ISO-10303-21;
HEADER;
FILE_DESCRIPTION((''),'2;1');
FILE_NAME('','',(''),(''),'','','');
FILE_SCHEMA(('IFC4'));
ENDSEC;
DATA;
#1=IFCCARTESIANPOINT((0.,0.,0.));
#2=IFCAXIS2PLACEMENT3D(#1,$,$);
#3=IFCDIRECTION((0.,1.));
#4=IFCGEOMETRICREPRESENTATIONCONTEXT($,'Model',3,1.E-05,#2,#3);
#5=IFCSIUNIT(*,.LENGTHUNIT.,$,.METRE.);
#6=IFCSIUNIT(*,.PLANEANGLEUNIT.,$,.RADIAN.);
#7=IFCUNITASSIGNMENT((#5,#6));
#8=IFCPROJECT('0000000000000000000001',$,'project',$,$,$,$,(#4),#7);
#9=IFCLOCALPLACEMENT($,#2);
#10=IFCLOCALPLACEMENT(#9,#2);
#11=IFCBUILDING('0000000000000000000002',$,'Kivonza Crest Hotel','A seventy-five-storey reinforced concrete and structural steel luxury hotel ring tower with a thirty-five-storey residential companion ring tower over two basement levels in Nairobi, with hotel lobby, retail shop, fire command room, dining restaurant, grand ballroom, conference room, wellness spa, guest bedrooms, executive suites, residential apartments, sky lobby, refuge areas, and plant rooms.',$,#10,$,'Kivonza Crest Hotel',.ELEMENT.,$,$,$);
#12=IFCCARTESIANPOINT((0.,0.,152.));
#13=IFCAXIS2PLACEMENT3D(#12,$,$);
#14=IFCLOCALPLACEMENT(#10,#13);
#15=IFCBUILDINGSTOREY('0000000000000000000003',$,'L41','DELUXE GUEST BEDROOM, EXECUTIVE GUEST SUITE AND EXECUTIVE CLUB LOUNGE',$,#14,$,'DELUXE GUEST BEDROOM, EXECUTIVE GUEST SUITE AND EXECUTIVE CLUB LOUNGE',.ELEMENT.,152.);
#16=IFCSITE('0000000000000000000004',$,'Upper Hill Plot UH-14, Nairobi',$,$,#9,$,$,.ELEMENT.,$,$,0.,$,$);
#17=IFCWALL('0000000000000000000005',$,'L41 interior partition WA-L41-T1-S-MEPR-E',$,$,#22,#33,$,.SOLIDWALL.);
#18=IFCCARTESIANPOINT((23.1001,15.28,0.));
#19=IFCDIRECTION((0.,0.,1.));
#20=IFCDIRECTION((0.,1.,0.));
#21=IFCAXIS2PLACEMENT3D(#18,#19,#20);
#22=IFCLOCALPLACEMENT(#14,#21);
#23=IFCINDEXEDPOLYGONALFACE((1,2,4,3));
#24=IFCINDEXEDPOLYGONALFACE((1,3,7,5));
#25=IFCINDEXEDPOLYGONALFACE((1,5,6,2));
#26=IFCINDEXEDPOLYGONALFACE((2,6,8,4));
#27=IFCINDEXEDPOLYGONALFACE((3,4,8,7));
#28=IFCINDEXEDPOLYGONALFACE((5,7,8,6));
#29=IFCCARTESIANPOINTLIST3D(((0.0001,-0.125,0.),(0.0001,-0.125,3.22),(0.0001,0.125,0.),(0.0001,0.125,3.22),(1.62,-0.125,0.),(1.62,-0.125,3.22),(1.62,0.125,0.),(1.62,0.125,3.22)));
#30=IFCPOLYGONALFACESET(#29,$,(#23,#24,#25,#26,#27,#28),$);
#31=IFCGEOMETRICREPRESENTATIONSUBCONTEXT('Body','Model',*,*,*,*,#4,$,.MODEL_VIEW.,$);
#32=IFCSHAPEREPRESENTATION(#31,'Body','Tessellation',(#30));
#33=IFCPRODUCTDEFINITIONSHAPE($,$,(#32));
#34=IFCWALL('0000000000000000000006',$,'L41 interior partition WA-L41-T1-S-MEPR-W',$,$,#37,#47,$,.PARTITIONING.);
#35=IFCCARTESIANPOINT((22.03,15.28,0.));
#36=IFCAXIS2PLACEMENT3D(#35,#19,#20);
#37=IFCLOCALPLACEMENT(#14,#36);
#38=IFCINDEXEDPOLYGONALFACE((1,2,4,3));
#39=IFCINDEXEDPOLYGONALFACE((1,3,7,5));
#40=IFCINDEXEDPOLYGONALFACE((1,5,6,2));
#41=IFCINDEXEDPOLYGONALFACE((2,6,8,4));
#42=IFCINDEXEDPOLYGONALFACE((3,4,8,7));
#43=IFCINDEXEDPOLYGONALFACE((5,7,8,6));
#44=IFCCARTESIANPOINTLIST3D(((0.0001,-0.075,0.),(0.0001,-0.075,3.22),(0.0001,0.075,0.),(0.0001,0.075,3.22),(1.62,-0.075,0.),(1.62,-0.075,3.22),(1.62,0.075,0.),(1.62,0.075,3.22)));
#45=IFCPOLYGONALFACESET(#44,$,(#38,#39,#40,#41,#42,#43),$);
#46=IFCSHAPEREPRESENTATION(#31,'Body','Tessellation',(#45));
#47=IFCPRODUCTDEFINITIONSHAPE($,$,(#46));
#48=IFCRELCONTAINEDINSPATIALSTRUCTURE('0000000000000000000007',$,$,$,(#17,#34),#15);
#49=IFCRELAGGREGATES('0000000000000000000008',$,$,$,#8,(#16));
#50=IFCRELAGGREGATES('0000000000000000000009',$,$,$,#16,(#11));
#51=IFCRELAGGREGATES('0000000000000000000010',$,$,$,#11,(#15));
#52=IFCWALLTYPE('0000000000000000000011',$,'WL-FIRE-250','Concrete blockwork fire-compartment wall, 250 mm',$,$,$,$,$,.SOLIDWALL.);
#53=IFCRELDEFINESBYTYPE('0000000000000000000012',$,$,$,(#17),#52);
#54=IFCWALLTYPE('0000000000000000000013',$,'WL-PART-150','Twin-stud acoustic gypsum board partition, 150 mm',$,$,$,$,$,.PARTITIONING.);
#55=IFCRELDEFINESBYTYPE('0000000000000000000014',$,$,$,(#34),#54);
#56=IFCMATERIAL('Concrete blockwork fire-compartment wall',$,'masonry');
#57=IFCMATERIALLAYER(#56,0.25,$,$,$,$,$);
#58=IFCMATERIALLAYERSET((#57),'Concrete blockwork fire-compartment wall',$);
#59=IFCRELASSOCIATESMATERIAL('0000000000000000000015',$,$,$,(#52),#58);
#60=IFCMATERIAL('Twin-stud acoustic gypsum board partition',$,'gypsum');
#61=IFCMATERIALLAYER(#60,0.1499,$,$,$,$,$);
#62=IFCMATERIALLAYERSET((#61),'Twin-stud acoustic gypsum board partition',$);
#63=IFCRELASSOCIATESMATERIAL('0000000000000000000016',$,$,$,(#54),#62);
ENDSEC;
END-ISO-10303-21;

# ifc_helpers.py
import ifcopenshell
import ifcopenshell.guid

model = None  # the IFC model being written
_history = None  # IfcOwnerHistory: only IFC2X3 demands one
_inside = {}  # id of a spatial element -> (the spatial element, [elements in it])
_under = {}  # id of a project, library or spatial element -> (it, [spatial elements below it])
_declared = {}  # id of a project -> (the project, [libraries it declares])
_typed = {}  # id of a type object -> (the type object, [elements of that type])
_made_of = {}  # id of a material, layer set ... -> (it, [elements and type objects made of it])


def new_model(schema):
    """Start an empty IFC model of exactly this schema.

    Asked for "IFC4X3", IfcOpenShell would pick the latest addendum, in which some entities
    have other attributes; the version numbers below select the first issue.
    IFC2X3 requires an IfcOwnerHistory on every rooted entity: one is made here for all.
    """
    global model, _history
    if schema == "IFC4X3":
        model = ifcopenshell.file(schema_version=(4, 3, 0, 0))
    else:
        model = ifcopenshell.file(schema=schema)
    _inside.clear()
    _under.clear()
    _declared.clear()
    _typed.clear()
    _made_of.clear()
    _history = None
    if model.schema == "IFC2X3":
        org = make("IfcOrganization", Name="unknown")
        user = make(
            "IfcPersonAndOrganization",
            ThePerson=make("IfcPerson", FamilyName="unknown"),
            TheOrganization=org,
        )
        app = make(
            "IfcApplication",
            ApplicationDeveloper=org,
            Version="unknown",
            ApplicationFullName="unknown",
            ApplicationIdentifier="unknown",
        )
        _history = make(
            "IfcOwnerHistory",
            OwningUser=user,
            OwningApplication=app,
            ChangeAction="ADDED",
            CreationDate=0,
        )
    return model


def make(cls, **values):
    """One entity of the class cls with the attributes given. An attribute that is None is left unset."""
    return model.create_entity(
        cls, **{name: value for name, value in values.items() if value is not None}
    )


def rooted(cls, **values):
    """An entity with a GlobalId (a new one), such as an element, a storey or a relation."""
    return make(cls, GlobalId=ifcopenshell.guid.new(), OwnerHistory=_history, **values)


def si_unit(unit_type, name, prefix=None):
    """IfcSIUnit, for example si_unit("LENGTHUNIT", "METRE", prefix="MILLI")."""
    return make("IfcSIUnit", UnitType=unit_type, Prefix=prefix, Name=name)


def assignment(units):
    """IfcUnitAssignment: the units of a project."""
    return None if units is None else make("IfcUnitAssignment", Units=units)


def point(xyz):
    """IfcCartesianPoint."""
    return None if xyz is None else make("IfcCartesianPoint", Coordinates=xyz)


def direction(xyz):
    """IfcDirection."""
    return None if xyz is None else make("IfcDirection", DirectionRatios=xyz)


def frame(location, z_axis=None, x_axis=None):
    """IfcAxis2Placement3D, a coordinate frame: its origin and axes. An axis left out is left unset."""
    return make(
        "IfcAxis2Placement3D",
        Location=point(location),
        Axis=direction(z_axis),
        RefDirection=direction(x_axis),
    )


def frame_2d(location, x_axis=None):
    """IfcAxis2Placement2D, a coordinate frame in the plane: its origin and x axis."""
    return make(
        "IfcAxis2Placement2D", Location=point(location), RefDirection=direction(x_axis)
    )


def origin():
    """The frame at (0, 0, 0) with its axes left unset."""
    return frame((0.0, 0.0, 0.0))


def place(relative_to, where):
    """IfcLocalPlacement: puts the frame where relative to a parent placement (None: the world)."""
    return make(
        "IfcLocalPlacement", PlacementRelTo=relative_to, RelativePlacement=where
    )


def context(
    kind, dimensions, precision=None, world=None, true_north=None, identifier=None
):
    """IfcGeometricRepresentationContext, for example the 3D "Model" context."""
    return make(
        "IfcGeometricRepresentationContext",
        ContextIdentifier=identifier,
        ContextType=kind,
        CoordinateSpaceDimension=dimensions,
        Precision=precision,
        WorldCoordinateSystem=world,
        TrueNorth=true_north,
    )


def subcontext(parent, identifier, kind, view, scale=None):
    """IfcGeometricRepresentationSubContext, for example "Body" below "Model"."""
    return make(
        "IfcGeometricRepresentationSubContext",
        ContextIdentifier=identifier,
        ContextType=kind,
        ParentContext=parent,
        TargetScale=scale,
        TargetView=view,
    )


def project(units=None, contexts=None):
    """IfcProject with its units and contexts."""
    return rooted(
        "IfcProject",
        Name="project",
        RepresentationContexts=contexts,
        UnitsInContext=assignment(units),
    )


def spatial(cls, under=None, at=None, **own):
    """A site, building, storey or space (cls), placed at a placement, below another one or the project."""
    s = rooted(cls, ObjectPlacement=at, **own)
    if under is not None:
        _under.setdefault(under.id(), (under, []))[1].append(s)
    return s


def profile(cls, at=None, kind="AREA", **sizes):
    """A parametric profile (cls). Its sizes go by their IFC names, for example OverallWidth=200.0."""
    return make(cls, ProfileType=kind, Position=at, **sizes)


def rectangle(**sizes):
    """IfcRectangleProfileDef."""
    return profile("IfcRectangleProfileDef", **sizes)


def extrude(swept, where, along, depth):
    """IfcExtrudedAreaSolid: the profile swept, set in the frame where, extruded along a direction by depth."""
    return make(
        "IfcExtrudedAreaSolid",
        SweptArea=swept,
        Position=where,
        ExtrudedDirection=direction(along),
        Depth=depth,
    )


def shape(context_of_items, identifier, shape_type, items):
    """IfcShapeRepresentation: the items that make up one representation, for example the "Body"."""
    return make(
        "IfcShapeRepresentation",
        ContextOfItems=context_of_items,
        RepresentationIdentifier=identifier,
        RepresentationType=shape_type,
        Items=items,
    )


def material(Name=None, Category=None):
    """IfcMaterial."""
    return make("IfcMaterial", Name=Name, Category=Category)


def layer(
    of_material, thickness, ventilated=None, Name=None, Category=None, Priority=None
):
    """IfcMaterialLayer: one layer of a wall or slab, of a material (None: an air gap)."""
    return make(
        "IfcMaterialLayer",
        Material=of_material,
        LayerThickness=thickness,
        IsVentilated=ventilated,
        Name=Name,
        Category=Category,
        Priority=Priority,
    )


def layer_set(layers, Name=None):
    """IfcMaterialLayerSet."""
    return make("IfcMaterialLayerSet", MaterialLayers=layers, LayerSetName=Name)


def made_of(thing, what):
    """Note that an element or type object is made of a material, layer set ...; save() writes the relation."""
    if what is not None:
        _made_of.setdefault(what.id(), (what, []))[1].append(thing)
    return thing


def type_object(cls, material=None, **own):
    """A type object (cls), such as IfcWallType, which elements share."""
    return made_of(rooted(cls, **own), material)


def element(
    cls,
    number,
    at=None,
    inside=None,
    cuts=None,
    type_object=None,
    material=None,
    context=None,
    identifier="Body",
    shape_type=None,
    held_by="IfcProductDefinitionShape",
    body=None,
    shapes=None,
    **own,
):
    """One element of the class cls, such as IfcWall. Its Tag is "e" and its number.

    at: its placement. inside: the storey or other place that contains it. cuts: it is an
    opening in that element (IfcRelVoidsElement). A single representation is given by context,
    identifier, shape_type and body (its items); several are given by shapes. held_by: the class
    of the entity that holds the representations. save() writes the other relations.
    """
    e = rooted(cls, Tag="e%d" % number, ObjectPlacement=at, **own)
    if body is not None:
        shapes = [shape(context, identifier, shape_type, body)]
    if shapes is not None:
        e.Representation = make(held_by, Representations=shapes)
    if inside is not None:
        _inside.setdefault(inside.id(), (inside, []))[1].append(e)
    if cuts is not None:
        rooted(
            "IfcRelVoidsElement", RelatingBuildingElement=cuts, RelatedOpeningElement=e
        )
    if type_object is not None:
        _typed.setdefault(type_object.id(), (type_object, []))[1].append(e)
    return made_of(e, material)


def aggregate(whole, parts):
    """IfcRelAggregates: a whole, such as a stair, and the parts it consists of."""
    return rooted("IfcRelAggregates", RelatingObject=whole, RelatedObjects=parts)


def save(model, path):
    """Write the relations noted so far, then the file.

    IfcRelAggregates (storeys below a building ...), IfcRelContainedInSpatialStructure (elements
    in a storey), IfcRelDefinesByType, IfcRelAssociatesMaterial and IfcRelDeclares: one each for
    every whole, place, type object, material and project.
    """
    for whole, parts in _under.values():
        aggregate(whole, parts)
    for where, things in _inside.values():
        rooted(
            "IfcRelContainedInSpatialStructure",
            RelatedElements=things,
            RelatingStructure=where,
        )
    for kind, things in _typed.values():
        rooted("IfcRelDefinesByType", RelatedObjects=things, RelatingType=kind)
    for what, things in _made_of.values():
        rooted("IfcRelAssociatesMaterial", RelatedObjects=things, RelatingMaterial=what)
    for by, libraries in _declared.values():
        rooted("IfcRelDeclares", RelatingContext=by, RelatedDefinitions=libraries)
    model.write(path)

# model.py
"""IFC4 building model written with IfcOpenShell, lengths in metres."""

from ifc_helpers import new_model, si_unit, direction, frame, frame_2d, origin, place, context, subcontext, project, spatial, rectangle, extrude, material, layer, layer_set, type_object, element, save


model = new_model("IFC4")

# Units and contexts
model_context = context("Model", 3, precision=1e-05, world=origin(), true_north=direction((0.0, 1.0)))
body_context = subcontext(model_context, "Body", "Model", "MODEL_VIEW")
ifc_project = project(units=[si_unit("LENGTHUNIT", "METRE"), si_unit("PLANEANGLEUNIT", "RADIAN")], contexts=[model_context])

# Site, building, storey
site_placement = place(None, origin())
site = spatial("IfcSite", under=ifc_project, at=site_placement, Name="Upper Hill Plot UH-14, Nairobi", CompositionType="ELEMENT", RefElevation=0.0)
building_placement = place(site_placement, origin())
building = spatial("IfcBuilding", under=site, at=building_placement, Name="Kivonza Crest Hotel", Description="A seventy-five-storey reinforced concrete and structural steel luxury hotel ring tower with a thirty-five-storey residential companion ring tower over two basement levels in Nairobi, with hotel lobby, retail shop, fire command room, dining restaurant, grand ballroom, conference room, wellness spa, guest bedrooms, executive suites, residential apartments, sky lobby, refuge areas, and plant rooms.", LongName="Kivonza Crest Hotel", CompositionType="ELEMENT")
storey_placement = place(building_placement, frame((0.0, 0.0, 152.0)))
storey = spatial("IfcBuildingStorey", under=building, at=storey_placement, Name="L41", Description="DELUXE GUEST BEDROOM, EXECUTIVE GUEST SUITE AND EXECUTIVE CLUB LOUNGE", LongName="DELUXE GUEST BEDROOM, EXECUTIVE GUEST SUITE AND EXECUTIVE CLUB LOUNGE", CompositionType="ELEMENT", Elevation=152.0)

# Walls
ifc_material_1 = material(Name="Concrete blockwork fire-compartment wall", Category="masonry")
ifc_layer_1 = layer(ifc_material_1, 0.25)
ifc_layer_set_1 = layer_set([ifc_layer_1], Name="Concrete blockwork fire-compartment wall")
wall_type_1 = type_object("IfcWallType", Name="WL-FIRE-250", Description="Concrete blockwork fire-compartment wall, 250 mm", PredefinedType="SOLIDWALL", material=ifc_layer_set_1)
wall_1_placement = place(storey_placement, frame((23.1001, 15.28, 0.0), z_axis=(0.0, 0.0, 1.0), x_axis=(0.0, 1.0, 0.0)))
element("IfcWall", 1, at=wall_1_placement, inside=storey, type_object=wall_type_1, Name="L41 interior partition WA-L41-T1-S-MEPR-E", PredefinedType="SOLIDWALL", context=body_context, shape_type="SweptSolid", body=[
    extrude(rectangle(XDim=1.6199, YDim=0.25, at=frame_2d((0.8101, 0.0))), origin(), (0.0, 0.0, 1.0), 3.22),
])
ifc_material_2 = material(Name="Twin-stud acoustic gypsum board partition", Category="gypsum")
ifc_layer_2 = layer(ifc_material_2, 0.1499)
ifc_layer_set_2 = layer_set([ifc_layer_2], Name="Twin-stud acoustic gypsum board partition")
wall_type_2 = type_object("IfcWallType", Name="WL-PART-150", Description="Twin-stud acoustic gypsum board partition, 150 mm", PredefinedType="PARTITIONING", material=ifc_layer_set_2)
wall_2_placement = place(storey_placement, frame((22.03, 15.28, 0.0), z_axis=(0.0, 0.0, 1.0), x_axis=(0.0, 1.0, 0.0)))
element("IfcWall", 2, at=wall_2_placement, inside=storey, type_object=wall_type_2, Name="L41 interior partition WA-L41-T1-S-MEPR-W", PredefinedType="PARTITIONING", context=body_context, shape_type="SweptSolid", body=[
    extrude(rectangle(XDim=1.6199, YDim=0.1499, at=frame_2d((0.8101, 0.0))), origin(), (0.0, 0.0, 1.0), 3.22),
])

save(model, "model.ifc")
